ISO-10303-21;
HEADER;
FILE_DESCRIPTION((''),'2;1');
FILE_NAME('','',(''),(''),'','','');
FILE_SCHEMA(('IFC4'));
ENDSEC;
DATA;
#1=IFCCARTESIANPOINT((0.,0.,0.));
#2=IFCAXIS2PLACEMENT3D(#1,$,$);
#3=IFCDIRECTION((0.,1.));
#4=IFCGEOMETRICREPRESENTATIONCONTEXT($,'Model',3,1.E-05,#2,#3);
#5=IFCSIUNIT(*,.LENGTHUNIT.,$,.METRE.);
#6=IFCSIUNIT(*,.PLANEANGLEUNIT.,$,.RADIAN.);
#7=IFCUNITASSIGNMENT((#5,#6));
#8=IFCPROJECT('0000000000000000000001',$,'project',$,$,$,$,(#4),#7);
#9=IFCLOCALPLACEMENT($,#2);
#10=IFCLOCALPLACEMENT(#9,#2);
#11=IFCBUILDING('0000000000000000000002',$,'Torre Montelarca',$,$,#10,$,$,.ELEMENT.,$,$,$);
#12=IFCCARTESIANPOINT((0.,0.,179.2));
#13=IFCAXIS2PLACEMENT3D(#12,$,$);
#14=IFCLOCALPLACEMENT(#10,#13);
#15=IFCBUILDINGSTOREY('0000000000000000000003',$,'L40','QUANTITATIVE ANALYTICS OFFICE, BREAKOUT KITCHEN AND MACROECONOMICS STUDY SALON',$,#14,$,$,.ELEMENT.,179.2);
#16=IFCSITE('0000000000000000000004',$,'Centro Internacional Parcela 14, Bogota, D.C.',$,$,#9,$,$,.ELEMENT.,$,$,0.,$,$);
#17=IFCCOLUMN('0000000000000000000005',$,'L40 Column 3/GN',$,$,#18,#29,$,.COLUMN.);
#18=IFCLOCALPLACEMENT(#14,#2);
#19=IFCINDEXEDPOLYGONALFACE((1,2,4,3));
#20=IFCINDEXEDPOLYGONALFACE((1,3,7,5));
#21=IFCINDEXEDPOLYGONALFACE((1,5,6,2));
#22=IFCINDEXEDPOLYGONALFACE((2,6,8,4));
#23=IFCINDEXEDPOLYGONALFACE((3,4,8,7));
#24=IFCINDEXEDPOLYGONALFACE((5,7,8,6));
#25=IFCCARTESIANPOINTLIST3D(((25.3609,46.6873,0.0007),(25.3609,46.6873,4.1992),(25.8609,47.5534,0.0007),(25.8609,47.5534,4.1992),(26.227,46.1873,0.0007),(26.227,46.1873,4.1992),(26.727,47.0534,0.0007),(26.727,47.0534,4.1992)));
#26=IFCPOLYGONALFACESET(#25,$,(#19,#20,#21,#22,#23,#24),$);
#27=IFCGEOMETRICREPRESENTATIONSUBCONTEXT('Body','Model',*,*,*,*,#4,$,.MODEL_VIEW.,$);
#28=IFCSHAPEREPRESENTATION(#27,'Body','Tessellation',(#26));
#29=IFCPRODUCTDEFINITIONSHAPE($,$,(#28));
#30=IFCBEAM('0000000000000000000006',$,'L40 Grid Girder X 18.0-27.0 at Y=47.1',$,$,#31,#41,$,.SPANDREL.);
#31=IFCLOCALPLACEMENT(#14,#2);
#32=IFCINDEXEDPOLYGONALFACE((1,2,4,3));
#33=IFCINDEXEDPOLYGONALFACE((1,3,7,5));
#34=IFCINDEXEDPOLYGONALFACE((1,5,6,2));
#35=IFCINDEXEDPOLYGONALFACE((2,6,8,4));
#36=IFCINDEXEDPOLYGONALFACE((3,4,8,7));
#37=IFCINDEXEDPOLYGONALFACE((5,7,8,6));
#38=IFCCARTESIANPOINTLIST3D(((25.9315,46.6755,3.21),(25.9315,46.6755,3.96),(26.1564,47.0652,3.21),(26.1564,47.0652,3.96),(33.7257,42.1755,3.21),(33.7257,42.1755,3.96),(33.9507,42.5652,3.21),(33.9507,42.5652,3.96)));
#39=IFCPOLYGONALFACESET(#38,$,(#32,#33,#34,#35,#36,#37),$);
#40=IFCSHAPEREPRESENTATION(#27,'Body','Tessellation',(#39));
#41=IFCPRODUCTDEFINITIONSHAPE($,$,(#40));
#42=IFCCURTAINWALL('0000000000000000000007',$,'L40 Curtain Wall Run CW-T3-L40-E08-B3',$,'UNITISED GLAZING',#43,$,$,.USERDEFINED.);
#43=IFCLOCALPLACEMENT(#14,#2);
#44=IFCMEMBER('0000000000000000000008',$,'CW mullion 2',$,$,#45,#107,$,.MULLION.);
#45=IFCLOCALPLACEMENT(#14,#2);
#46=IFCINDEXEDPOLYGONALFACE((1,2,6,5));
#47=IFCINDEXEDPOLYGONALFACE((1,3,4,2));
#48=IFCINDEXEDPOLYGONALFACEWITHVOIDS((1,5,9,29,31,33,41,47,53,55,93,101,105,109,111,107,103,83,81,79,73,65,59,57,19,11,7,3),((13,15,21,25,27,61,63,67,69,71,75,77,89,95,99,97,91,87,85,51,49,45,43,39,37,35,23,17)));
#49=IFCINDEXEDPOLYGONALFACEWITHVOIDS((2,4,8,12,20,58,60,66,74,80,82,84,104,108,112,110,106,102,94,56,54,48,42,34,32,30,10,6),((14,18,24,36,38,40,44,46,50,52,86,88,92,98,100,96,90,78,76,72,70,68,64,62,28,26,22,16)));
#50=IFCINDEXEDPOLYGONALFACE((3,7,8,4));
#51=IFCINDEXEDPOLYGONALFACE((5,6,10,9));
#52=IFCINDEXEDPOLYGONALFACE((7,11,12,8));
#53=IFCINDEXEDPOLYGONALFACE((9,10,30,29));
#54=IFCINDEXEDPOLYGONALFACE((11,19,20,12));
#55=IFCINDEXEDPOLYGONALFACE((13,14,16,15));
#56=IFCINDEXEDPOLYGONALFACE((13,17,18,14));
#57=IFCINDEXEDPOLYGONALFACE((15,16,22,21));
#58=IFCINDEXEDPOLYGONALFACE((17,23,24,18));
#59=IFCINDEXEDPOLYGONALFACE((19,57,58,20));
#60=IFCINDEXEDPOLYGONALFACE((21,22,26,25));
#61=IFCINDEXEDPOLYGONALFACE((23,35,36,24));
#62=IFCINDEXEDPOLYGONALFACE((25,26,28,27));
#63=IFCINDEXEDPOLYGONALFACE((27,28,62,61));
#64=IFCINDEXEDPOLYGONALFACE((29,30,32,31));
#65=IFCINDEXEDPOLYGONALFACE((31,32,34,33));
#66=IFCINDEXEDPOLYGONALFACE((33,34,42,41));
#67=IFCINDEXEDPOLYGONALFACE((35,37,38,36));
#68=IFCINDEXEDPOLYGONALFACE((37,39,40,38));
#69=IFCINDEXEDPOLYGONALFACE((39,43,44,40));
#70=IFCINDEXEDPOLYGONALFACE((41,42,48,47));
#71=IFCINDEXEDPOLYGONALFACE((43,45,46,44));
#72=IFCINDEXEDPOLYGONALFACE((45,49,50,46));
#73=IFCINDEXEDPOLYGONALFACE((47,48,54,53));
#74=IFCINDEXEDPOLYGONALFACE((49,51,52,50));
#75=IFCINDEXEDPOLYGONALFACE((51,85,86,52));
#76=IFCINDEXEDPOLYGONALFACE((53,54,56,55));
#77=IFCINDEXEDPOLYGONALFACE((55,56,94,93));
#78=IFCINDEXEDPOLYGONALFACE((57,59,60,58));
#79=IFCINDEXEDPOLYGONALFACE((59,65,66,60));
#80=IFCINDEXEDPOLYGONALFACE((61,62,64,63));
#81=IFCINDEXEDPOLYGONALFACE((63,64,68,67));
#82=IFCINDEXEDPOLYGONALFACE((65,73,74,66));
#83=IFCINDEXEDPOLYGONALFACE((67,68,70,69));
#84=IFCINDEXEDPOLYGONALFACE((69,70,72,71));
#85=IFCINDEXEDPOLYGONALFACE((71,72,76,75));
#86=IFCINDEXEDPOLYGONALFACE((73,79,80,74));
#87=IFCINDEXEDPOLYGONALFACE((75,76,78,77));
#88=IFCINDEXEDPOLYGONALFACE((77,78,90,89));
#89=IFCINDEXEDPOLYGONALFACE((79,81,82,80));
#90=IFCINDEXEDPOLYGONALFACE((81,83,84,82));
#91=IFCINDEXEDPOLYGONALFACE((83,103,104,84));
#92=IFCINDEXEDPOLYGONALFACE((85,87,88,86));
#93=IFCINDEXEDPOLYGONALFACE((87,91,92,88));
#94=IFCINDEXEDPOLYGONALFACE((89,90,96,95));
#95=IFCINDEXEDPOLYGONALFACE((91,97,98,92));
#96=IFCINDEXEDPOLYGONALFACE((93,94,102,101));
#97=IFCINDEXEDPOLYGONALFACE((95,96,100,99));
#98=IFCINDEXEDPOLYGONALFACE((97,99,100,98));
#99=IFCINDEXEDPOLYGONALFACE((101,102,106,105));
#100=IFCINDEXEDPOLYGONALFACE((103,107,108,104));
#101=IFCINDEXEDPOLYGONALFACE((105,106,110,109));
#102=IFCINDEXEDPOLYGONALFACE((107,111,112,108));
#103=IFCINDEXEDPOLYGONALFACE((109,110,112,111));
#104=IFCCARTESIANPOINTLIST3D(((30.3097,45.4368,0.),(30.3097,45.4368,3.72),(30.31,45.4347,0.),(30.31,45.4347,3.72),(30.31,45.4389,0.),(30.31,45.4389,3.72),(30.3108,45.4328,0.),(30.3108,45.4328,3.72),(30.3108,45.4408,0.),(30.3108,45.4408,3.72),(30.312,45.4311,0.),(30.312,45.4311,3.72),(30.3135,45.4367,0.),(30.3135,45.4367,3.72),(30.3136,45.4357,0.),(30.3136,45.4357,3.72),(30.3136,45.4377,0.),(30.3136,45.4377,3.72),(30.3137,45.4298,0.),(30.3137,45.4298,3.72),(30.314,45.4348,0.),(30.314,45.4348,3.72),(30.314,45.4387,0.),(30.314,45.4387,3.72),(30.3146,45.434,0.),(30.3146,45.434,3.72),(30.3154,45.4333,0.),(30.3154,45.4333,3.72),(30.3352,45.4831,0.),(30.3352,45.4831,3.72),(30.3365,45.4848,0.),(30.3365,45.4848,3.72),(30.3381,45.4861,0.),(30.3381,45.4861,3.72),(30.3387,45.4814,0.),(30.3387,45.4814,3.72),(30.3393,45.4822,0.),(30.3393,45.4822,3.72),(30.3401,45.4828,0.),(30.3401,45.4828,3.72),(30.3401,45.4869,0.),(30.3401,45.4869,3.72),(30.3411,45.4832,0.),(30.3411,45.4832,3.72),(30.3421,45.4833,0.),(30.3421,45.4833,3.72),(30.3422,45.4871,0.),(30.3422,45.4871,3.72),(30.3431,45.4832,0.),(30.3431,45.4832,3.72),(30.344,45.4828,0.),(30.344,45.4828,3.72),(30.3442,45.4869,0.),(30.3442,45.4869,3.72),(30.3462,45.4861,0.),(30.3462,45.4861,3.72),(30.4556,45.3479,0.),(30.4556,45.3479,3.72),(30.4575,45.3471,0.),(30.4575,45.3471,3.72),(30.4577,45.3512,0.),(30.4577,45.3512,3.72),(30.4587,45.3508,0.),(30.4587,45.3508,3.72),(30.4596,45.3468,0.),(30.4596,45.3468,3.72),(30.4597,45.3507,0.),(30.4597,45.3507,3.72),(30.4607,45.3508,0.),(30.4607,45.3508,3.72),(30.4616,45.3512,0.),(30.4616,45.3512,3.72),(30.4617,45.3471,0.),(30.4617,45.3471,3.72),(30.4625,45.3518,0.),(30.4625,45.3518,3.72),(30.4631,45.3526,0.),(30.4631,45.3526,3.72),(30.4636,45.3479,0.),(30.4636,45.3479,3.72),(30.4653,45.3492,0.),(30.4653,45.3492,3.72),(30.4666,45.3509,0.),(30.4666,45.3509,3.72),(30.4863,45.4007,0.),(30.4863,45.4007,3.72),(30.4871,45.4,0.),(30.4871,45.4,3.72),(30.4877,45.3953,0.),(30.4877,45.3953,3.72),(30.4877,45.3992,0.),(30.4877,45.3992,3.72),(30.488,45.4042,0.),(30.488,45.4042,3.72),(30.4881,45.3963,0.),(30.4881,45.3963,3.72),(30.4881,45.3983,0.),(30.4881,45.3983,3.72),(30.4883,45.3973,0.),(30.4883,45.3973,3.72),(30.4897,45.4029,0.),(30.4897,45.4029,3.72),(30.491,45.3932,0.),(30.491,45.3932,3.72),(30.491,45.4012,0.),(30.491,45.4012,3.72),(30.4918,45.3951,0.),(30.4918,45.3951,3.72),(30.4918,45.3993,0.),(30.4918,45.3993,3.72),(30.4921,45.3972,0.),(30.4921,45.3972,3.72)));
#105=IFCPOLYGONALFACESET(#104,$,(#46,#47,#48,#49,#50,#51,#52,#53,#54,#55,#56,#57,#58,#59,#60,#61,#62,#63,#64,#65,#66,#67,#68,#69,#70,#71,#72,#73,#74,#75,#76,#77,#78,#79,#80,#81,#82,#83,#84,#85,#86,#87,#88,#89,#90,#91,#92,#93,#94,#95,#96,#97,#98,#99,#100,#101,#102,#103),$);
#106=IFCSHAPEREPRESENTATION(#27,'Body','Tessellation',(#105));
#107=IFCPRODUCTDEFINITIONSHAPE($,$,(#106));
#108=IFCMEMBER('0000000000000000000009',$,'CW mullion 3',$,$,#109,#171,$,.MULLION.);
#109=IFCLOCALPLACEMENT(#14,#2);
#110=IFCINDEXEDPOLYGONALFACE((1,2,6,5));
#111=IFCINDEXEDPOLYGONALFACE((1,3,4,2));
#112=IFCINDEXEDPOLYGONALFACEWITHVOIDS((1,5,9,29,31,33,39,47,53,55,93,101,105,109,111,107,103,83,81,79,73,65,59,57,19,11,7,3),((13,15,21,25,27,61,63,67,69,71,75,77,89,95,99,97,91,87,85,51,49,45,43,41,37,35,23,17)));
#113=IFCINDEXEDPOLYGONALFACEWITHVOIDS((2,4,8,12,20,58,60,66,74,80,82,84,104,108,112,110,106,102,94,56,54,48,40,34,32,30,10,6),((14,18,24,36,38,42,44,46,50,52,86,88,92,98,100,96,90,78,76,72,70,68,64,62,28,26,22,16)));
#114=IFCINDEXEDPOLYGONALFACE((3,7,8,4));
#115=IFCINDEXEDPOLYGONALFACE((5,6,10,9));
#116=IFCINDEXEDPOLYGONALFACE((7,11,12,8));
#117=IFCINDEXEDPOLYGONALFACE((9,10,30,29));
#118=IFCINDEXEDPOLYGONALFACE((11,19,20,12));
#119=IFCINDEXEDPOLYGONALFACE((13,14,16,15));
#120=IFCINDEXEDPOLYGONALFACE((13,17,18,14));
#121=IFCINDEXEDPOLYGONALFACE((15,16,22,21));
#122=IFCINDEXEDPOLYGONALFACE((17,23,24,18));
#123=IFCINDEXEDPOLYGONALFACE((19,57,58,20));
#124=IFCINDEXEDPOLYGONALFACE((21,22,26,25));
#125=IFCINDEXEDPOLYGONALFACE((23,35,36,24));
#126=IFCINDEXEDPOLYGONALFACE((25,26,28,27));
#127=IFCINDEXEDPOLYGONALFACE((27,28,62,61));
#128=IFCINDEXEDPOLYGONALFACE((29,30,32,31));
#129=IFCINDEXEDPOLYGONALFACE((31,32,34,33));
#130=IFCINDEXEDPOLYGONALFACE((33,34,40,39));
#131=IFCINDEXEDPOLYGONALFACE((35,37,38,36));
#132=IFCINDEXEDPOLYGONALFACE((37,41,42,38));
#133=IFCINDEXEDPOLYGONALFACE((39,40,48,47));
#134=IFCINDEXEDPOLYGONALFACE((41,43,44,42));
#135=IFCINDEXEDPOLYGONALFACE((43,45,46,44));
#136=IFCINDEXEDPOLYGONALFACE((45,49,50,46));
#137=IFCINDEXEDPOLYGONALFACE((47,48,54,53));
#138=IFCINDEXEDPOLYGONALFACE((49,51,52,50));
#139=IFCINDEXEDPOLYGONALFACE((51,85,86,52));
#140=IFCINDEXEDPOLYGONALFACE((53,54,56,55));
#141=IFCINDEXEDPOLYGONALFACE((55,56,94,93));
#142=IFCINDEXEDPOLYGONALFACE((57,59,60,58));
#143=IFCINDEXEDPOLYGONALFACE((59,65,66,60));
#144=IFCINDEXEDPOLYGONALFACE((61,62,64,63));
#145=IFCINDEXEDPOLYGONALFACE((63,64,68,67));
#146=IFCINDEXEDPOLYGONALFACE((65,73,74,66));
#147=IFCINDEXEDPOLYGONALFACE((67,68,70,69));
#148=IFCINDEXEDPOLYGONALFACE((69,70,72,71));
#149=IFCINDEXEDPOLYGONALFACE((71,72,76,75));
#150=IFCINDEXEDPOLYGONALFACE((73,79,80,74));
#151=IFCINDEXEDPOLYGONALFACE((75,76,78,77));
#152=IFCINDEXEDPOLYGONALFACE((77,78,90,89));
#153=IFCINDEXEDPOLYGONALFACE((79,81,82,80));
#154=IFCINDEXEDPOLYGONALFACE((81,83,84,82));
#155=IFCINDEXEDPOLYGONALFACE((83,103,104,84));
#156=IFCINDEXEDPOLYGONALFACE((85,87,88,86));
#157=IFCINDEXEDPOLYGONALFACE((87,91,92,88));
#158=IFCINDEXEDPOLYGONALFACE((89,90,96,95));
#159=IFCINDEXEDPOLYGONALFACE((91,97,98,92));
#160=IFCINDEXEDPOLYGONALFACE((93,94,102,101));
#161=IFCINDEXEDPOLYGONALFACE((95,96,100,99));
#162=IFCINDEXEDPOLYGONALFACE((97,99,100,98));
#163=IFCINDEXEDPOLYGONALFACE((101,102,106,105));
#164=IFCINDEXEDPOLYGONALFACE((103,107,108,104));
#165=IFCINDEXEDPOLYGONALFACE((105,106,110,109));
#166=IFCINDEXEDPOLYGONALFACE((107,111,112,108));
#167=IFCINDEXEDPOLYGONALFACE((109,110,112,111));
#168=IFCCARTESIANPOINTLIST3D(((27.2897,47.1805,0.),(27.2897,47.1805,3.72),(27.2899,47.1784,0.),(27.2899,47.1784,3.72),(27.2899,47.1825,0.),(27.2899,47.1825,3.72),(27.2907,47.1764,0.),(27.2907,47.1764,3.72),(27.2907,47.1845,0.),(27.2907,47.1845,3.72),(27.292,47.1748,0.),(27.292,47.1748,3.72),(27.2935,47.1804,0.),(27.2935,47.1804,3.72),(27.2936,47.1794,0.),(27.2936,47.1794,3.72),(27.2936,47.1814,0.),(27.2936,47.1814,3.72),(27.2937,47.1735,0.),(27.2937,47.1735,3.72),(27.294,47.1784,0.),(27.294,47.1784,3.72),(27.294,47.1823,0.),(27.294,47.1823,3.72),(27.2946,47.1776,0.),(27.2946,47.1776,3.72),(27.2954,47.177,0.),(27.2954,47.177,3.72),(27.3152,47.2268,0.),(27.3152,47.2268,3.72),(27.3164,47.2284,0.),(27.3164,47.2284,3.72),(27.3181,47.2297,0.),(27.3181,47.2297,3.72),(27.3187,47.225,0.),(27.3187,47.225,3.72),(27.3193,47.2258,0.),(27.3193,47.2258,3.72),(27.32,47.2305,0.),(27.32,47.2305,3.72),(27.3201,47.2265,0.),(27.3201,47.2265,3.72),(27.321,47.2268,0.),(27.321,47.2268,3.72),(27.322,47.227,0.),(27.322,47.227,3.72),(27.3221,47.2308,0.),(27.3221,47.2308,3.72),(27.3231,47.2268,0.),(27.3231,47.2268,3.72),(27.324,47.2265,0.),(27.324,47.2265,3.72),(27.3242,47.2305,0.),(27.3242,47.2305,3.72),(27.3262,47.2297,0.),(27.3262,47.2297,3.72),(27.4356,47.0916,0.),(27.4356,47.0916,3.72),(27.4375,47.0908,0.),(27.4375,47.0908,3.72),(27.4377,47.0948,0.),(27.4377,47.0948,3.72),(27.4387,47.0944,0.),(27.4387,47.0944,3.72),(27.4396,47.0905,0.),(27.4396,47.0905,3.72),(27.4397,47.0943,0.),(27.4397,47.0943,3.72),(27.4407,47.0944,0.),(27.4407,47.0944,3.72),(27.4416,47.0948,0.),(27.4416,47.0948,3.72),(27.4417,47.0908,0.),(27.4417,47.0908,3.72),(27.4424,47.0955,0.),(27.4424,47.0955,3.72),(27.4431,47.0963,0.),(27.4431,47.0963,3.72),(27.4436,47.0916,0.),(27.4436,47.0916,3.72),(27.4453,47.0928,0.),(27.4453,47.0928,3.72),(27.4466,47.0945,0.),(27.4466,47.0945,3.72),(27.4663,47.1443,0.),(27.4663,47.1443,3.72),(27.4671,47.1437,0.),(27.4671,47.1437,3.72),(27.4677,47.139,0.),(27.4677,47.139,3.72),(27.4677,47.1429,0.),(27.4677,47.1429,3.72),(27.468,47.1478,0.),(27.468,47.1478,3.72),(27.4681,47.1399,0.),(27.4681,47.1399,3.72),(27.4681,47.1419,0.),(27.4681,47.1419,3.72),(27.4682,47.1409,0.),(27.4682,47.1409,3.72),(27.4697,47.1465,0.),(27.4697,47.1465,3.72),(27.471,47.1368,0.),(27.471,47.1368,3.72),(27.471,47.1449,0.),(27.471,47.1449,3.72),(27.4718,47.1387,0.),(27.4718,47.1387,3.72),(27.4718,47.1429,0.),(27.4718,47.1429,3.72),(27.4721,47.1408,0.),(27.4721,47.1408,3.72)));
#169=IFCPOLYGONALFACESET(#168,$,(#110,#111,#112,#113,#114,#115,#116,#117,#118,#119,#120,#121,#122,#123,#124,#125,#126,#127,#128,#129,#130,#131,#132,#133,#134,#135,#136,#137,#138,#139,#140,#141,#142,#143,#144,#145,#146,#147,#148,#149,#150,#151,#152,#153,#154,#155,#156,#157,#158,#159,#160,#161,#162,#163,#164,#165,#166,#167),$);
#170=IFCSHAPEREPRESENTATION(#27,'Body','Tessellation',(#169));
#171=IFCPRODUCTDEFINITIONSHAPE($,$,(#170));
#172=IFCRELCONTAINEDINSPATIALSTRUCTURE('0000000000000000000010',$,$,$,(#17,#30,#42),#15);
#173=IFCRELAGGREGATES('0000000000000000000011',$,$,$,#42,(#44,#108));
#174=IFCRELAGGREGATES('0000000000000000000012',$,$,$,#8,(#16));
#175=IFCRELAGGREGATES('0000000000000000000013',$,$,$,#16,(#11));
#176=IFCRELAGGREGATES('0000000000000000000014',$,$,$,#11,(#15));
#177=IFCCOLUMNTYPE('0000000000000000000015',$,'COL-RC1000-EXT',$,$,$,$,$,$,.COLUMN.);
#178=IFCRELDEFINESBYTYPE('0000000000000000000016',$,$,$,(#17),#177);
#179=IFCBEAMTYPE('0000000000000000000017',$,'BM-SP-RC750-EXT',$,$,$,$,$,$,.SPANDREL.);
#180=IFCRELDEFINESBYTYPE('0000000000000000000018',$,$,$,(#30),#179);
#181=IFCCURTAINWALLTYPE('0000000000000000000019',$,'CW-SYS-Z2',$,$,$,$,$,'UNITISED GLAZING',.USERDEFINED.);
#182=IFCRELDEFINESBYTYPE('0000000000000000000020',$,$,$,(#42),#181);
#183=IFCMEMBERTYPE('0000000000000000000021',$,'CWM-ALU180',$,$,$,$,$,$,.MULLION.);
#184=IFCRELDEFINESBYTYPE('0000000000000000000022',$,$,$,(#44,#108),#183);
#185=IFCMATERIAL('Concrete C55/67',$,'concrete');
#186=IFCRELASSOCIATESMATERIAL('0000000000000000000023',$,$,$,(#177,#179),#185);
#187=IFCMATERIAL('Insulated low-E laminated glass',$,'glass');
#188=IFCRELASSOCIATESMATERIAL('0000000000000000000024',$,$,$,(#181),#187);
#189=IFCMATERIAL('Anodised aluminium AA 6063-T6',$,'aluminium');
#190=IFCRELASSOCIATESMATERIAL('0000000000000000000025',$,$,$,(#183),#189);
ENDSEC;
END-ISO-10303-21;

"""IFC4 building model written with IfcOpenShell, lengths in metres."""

from ifc_helpers import new_model, si_unit, direction, frame, origin, origin_2d, place, context, subcontext, project, spatial, rectangle, hollow_rectangle, extrude, source, transform, mapped, material, material_profile, profile_set, type_object, element, aggregate, save


model = new_model("IFC4")

# Units and contexts
model_context = context("Model", 3, precision=1e-05, world=origin(), true_north=direction((0.0, 1.0)))
body_context = subcontext(model_context, "Body", "Model", "MODEL_VIEW")
ifc_project = project(units=[si_unit("LENGTHUNIT", "METRE"), si_unit("PLANEANGLEUNIT", "RADIAN")], contexts=[model_context])

# Site, building, storey
site_placement = place(None, origin())
site = spatial("IfcSite", under=ifc_project, at=site_placement, Name="Centro Internacional Parcela 14, Bogota, D.C.", CompositionType="ELEMENT", RefElevation=0.0)
building_placement = place(site_placement, origin())
building = spatial("IfcBuilding", under=site, at=building_placement, Name="Torre Montelarca", CompositionType="ELEMENT")
storey_placement = place(building_placement, frame((0.0, 0.0, 179.2)))
storey = spatial("IfcBuildingStorey", under=building, at=storey_placement, Name="L40", Description="QUANTITATIVE ANALYTICS OFFICE, BREAKOUT KITCHEN AND MACROECONOMICS STUDY SALON", CompositionType="ELEMENT", Elevation=179.2)

# Column
ifc_material_1 = material(Name="Concrete C55/67", Category="concrete")
ifc_material_profile_1 = material_profile(ifc_material_1, rectangle(XDim=1.0, YDim=1.0, at=origin_2d()), Name="RC1000X1000", Category="concrete")
ifc_profile_set_1 = profile_set([ifc_material_profile_1], Name="Concrete C55/67")
column_type = type_object("IfcColumnType", Name="COL-RC1000-EXT", PredefinedType="COLUMN", material=ifc_profile_set_1)
shared_shape_1 = source(origin(), body_context, "Body", "SweptSolid", [
    extrude(rectangle(XDim=1.0, YDim=1.0, at=origin_2d()), origin(), (0.0, 0.0, 1.0), 4.1985),
])
column_placement = place(storey_placement, frame((26.0439, 46.8704, 0.0007), z_axis=(0.0, 0.0, 1.0), x_axis=(-0.866025, 0.5, 0.0)))
element("IfcColumn", 1, at=column_placement, inside=storey, type_object=column_type, Name="L40 Column 3/GN", PredefinedType="COLUMN", context=body_context, shape_type="MappedRepresentation", body=[
    mapped(shared_shape_1, transform((0.0, 0.0, 0.0), scale=1.0)),
])

# Beam
ifc_material_profile_2 = material_profile(ifc_material_1, rectangle(XDim=0.45, YDim=0.75, at=origin_2d()), Name="RCB450X750", Category="concrete")
ifc_profile_set_2 = profile_set([ifc_material_profile_2], Name="Concrete C55/67")
beam_type = type_object("IfcBeamType", Name="BM-SP-RC750-EXT", PredefinedType="SPANDREL", material=ifc_profile_set_2)
shared_shape_2 = source(origin(), body_context, "Body", "SweptSolid", [
    extrude(rectangle(XDim=0.45, YDim=0.75, at=origin_2d()), origin(), (0.0, 0.0, 1.0), 9.0),
])
beam_placement = place(storey_placement, frame((26.0439, 46.8704, 3.585), z_axis=(0.866024, -0.500002, 0.0), x_axis=(0.500002, 0.866024, 0.0)))
element("IfcBeam", 2, at=beam_placement, inside=storey, type_object=beam_type, Name="L40 Grid Girder X 18.0-27.0 at Y=47.1", PredefinedType="SPANDREL", context=body_context, shape_type="MappedRepresentation", body=[
    mapped(shared_shape_2, transform((0.0, 0.0, 0.0), scale=1.0)),
])

# Curtain wall, members
ifc_material_2 = material(Name="Insulated low-E laminated glass", Category="glass")
curtain_wall_type = type_object("IfcCurtainWallType", Name="CW-SYS-Z2", ElementType="UNITISED GLAZING", PredefinedType="USERDEFINED", material=ifc_material_2)
curtain_wall_1_placement = place(storey_placement, origin())
curtain_wall_1 = element("IfcCurtainWall", 3, at=curtain_wall_1_placement, inside=storey, type_object=curtain_wall_type, Name="L40 Curtain Wall Run CW-T3-L40-E08-B3", ObjectType="UNITISED GLAZING", PredefinedType="USERDEFINED")
ifc_material_3 = material(Name="Anodised aluminium AA 6063-T6", Category="aluminium")
ifc_material_profile_3 = material_profile(ifc_material_3, hollow_rectangle(XDim=0.0649, YDim=0.1799, WallThickness=0.0039, InnerFilletRadius=0.0039, OuterFilletRadius=0.0081, at=origin_2d()), Name="ALU65X180X4", Category="aluminium")
ifc_profile_set_3 = profile_set([ifc_material_profile_3], Name="Anodised aluminium AA 6063-T6")
member_type_1 = type_object("IfcMemberType", Name="CWM-ALU180", PredefinedType="MULLION", material=ifc_profile_set_3)
shared_shape_3 = source(origin(), body_context, "Body", "SweptSolid", [
    extrude(hollow_rectangle(XDim=0.0649, YDim=0.1799, WallThickness=0.0039, InnerFilletRadius=0.0039, OuterFilletRadius=0.0081, at=origin_2d()), origin(), (0.0, 0.0, 1.0), 3.72),
])
member_1_placement = place(storey_placement, frame((30.4009, 45.417, 0.0), z_axis=(0.0, 0.0, 1.0), x_axis=(-0.500001, -0.866025, 0.0)))
member_1 = element("IfcMember", 4, at=member_1_placement, type_object=member_type_1, Name="CW mullion 2", PredefinedType="MULLION", context=body_context, shape_type="MappedRepresentation", body=[
    mapped(shared_shape_3, transform((0.0, 0.0, 0.0), scale=1.0)),
])
member_2_placement = place(storey_placement, frame((27.3809, 47.1606, 0.0), z_axis=(0.0, 0.0, 1.0), x_axis=(-0.500001, -0.866025, 0.0)))
member_2 = element("IfcMember", 5, at=member_2_placement, type_object=member_type_1, Name="CW mullion 3", PredefinedType="MULLION", context=body_context, shape_type="MappedRepresentation", body=[
    mapped(shared_shape_3, transform((0.0, 0.0, 0.0), scale=1.0)),
])

aggregate(curtain_wall_1, [member_1, member_2])

save(model, "model.ifc")
